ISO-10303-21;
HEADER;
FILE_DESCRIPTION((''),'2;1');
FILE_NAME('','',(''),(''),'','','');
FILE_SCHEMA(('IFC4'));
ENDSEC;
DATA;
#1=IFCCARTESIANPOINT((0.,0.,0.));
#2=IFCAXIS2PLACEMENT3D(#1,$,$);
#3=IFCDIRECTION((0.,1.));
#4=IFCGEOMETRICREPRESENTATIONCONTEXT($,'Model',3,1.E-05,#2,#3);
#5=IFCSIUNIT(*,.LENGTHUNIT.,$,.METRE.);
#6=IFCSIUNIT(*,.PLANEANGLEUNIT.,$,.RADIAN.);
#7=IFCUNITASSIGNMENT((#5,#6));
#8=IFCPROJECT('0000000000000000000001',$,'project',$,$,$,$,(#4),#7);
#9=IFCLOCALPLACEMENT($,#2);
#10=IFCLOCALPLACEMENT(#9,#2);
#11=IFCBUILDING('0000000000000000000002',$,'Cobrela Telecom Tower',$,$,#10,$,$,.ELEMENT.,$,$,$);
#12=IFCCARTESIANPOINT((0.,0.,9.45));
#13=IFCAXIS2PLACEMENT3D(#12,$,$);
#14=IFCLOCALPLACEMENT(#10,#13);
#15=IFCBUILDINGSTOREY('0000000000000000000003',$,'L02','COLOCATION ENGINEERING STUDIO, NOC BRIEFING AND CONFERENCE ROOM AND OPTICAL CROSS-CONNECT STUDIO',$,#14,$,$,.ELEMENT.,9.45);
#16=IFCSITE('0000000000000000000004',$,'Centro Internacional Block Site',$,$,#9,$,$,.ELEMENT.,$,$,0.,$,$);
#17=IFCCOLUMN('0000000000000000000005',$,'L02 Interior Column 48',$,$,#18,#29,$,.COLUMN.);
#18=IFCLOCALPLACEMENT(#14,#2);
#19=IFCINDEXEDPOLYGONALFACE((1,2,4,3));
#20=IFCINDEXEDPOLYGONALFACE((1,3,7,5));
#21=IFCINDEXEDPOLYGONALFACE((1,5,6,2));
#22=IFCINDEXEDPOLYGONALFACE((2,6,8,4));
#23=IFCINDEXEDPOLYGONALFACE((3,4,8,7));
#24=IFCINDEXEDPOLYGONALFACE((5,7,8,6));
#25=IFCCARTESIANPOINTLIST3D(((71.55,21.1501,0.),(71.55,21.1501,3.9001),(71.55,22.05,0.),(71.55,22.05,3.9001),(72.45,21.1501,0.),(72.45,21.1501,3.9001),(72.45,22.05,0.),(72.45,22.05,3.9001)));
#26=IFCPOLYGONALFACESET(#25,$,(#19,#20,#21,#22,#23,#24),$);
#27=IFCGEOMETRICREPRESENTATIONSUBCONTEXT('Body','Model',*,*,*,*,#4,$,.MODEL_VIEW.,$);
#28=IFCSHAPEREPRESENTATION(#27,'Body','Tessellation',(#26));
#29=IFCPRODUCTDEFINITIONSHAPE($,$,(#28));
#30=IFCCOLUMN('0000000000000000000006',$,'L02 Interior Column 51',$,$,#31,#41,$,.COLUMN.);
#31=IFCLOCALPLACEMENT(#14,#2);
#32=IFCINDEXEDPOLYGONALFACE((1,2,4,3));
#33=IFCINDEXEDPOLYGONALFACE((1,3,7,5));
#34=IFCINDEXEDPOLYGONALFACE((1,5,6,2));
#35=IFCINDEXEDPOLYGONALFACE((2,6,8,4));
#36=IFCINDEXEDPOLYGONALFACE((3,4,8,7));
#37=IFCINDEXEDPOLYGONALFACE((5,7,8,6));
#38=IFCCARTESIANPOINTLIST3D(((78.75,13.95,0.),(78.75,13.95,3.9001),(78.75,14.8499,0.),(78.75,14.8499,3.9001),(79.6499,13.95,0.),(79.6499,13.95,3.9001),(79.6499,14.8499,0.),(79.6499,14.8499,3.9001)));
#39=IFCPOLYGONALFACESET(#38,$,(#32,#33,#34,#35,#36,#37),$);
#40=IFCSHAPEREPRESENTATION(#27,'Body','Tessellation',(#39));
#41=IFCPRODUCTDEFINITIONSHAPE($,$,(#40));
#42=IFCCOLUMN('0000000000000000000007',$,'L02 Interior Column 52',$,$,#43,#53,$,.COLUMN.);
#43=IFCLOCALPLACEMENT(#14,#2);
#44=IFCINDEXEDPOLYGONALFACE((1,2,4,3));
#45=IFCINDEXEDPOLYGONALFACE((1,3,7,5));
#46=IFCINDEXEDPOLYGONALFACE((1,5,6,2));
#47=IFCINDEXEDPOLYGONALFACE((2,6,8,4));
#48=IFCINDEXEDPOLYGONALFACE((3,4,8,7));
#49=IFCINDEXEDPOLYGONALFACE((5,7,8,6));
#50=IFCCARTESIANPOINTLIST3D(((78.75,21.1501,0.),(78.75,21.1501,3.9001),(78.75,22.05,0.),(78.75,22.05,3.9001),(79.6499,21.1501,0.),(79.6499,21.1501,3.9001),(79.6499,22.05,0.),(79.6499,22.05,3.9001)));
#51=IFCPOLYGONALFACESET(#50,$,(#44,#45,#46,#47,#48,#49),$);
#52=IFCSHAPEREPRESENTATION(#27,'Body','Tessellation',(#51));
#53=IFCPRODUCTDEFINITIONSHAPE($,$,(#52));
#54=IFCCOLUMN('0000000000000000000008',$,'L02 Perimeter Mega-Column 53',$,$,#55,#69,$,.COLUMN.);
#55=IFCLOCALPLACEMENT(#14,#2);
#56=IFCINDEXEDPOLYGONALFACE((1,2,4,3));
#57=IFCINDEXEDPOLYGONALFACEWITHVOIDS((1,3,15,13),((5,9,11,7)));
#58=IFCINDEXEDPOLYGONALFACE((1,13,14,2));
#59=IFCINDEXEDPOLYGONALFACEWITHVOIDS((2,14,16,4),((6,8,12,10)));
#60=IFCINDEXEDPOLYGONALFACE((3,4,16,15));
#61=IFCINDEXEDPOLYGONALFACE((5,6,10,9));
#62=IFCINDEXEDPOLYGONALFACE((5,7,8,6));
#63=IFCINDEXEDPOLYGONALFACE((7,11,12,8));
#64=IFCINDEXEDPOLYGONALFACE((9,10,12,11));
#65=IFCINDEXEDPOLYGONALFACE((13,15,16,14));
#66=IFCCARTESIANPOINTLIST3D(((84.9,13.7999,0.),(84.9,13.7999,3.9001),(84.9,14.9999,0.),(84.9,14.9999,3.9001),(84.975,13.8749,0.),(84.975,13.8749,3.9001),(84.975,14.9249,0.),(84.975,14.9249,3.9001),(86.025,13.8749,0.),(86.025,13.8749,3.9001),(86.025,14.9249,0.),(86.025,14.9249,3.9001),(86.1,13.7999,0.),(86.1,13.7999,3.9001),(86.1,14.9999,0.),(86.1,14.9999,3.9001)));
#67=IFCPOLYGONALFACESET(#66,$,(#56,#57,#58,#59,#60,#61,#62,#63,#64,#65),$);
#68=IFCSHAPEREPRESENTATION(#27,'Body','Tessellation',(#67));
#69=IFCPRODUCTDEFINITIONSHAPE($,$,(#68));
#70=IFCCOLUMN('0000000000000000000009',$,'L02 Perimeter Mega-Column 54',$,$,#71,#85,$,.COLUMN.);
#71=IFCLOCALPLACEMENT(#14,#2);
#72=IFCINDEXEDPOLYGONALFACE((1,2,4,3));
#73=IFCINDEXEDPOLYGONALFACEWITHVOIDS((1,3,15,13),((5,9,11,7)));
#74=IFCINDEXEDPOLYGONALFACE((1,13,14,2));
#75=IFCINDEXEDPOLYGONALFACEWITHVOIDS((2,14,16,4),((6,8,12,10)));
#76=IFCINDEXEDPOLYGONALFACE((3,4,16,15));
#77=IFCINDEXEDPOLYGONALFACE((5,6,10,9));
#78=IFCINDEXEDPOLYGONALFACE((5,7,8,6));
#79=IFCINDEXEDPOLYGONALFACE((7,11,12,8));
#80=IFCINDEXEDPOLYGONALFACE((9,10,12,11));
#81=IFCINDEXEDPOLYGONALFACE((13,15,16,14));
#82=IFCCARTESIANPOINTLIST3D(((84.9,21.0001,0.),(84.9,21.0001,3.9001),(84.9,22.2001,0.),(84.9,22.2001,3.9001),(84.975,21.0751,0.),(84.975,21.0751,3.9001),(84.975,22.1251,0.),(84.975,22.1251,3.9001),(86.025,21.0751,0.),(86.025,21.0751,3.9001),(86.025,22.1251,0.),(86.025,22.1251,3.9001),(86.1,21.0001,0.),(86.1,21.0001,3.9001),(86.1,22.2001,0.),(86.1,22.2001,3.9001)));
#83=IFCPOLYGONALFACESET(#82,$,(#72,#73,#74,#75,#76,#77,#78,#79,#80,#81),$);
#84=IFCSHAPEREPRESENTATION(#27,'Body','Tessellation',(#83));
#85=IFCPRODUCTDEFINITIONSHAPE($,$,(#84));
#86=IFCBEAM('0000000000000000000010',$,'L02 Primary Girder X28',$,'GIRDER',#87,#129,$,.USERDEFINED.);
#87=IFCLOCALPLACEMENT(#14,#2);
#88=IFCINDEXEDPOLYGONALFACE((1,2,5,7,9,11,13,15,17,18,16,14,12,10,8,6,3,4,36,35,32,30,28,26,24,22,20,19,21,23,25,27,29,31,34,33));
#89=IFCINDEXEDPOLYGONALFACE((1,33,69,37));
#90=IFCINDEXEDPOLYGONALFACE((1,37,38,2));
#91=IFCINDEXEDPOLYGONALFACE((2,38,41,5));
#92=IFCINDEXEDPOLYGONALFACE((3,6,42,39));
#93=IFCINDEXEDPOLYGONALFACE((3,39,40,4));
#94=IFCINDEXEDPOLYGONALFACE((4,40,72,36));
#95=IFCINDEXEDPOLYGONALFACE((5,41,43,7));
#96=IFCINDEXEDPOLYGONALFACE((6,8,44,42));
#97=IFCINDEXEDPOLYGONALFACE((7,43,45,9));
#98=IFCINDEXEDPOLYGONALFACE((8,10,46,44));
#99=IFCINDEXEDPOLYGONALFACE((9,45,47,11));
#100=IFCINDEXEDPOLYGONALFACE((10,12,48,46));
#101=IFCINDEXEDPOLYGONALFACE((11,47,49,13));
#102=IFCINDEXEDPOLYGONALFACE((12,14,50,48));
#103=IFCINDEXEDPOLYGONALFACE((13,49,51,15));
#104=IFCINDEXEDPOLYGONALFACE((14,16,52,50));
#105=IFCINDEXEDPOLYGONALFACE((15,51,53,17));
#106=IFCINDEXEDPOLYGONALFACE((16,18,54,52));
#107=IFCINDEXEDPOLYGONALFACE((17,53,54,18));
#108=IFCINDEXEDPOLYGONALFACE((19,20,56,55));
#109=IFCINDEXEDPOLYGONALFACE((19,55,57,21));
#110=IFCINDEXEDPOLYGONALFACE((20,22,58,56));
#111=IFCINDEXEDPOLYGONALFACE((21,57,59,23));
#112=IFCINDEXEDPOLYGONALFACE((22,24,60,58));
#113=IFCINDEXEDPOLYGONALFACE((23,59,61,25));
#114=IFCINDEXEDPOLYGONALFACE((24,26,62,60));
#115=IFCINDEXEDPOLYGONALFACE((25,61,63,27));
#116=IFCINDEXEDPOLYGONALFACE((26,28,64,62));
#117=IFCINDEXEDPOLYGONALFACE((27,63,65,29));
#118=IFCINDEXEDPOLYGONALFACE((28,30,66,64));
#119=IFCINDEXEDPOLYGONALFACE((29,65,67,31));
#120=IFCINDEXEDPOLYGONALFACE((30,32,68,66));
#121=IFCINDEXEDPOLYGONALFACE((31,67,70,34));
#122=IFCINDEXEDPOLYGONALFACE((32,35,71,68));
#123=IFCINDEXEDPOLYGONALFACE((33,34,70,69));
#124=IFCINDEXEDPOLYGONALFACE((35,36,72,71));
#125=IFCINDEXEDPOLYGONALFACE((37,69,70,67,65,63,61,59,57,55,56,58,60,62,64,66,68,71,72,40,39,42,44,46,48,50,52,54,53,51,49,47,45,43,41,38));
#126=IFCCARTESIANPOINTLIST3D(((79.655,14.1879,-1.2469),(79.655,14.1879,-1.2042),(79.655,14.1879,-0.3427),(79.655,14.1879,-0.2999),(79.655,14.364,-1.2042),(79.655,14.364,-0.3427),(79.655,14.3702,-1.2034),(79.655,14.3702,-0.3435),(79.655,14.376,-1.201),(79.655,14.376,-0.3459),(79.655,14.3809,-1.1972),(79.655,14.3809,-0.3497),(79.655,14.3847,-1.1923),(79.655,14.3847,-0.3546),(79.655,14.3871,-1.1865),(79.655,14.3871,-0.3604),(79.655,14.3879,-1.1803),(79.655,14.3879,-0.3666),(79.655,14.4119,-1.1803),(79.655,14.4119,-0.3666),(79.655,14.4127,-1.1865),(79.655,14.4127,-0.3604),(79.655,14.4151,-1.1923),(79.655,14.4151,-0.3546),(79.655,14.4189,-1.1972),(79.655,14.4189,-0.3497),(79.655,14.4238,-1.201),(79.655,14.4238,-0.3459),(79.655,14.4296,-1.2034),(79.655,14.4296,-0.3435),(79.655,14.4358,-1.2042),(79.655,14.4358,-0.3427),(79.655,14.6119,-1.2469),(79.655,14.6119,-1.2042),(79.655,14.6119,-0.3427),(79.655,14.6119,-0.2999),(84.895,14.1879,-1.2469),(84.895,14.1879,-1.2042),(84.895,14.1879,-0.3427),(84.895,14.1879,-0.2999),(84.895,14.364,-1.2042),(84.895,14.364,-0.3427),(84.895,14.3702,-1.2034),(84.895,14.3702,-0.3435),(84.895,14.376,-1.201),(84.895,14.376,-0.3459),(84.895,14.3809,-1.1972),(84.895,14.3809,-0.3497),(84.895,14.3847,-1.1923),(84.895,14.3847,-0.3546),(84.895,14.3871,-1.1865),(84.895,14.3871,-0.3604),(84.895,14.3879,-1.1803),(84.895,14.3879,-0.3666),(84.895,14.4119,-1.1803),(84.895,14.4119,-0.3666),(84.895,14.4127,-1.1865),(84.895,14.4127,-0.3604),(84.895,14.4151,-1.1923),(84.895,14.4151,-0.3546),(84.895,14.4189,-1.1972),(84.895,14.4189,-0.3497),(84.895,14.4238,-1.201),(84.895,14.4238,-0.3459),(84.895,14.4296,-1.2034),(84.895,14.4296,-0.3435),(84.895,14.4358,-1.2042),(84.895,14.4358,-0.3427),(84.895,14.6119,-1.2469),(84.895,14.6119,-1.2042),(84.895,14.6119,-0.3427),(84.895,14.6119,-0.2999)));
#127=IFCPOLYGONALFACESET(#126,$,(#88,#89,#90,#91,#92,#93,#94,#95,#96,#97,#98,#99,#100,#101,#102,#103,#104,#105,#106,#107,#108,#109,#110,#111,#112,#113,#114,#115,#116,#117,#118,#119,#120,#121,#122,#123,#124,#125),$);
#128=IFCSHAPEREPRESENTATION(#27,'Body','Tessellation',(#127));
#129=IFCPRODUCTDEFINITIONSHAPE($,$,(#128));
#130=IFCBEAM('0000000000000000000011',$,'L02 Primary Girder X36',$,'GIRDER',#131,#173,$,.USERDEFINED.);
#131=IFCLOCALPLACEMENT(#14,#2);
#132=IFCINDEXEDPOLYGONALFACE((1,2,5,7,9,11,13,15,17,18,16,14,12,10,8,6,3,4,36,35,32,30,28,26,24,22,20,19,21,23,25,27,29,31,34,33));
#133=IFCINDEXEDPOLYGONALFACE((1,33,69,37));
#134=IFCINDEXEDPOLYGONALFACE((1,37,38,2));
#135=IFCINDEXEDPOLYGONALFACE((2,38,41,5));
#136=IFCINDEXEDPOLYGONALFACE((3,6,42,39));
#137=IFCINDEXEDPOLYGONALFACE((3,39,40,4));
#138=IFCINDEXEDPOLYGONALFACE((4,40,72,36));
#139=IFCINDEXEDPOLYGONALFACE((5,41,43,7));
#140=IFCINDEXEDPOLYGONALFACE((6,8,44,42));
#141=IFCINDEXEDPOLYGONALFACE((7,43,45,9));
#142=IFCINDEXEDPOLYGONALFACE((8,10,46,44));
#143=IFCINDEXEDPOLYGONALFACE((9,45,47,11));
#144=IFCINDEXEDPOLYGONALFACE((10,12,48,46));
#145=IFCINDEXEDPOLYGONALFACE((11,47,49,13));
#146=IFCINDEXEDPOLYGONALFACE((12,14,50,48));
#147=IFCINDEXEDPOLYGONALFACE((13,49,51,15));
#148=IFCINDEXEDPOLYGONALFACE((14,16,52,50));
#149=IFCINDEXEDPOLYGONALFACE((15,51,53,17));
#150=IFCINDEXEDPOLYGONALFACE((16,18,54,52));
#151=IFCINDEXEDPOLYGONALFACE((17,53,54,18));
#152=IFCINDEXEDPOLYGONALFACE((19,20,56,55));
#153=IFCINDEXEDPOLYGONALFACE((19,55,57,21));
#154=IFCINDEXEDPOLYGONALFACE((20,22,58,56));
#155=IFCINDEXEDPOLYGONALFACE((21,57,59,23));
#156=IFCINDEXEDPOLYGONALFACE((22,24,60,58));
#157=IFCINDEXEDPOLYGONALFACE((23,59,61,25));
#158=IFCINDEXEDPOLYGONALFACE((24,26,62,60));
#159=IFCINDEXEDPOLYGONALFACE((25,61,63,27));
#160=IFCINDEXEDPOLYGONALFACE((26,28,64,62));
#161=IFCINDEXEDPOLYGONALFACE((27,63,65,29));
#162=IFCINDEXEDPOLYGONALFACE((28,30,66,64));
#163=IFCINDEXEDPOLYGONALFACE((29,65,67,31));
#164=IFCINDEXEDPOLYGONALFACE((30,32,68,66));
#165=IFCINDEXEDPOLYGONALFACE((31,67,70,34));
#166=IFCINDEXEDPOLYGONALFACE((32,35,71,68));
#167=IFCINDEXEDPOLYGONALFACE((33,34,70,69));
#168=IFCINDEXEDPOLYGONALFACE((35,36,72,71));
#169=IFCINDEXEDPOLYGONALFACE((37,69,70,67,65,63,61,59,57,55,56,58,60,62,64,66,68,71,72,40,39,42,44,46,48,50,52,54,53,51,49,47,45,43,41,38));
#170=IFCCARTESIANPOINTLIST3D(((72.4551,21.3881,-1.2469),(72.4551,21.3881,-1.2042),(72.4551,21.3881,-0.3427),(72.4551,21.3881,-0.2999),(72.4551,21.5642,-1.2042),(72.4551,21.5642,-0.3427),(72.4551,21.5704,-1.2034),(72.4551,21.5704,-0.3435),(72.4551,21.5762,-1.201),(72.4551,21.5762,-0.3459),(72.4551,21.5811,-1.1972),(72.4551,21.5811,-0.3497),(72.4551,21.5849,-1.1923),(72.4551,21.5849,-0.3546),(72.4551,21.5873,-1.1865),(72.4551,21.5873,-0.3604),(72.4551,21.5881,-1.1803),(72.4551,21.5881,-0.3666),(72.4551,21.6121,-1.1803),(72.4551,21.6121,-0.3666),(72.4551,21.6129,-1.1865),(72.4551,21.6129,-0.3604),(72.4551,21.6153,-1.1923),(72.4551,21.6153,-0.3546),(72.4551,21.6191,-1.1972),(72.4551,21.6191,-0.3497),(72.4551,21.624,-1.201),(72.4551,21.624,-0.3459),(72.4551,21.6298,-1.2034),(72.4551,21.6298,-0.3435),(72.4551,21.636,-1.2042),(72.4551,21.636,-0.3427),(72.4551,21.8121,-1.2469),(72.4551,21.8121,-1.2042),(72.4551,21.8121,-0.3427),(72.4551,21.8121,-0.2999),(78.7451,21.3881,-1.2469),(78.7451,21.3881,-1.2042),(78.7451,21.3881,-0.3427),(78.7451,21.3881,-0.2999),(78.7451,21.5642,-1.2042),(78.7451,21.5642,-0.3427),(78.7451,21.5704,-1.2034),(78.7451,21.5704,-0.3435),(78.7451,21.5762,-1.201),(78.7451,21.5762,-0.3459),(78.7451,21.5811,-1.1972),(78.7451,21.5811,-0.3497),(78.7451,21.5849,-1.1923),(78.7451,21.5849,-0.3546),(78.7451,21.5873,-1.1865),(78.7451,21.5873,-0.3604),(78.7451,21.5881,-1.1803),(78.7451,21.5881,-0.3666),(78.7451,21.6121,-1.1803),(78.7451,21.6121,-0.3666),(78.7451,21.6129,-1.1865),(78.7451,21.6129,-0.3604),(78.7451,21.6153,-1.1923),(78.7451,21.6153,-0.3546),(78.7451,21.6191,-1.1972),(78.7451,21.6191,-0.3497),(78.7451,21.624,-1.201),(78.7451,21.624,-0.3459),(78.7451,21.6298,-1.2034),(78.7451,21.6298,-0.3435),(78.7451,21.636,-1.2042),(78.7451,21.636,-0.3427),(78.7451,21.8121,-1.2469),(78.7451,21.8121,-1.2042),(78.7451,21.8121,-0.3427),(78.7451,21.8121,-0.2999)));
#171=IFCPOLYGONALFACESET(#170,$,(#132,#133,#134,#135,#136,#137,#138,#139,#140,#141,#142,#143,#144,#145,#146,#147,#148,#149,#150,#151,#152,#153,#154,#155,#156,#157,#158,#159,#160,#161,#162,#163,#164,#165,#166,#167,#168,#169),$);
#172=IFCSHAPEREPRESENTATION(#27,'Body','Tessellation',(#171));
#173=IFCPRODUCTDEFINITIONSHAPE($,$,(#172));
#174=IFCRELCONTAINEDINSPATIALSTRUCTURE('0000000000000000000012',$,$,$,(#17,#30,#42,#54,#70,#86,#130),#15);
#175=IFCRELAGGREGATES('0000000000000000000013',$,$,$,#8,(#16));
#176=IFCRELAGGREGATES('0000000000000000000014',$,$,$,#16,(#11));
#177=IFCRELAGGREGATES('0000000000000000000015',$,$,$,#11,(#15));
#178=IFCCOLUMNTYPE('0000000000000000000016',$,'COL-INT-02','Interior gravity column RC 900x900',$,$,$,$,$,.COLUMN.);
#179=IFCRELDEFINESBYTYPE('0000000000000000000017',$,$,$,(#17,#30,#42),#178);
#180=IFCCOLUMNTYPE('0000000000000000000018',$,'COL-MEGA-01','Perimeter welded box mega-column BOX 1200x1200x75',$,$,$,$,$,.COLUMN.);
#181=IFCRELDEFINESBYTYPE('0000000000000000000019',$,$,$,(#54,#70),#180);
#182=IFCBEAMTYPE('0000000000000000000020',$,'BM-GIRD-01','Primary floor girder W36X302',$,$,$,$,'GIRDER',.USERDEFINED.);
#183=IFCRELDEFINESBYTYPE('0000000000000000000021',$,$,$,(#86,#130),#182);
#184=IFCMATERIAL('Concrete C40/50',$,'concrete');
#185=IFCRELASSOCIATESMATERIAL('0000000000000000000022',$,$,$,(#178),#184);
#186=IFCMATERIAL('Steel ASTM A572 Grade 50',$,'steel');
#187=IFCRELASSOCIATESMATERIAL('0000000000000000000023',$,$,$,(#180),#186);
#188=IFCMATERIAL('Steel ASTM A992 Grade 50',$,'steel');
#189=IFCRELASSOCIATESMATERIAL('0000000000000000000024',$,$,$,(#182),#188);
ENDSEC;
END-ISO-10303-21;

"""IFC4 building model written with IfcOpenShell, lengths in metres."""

from ifc_helpers import new_model, si_unit, direction, frame, origin, origin_2d, place, context, subcontext, project, spatial, rectangle, hollow_rectangle, i_section, extrude, material, material_profile, profile_set, type_object, element, save


model = new_model("IFC4")

# Units and contexts
model_context = context("Model", 3, precision=1e-05, world=origin(), true_north=direction((0.0, 1.0)))
body_context = subcontext(model_context, "Body", "Model", "MODEL_VIEW")
ifc_project = project(units=[si_unit("LENGTHUNIT", "METRE"), si_unit("PLANEANGLEUNIT", "RADIAN")], contexts=[model_context])

# Site, building, storey
site_placement = place(None, origin())
site = spatial("IfcSite", under=ifc_project, at=site_placement, Name="Centro Internacional Block Site", CompositionType="ELEMENT", RefElevation=0.0)
building_placement = place(site_placement, origin())
building = spatial("IfcBuilding", under=site, at=building_placement, Name="Cobrela Telecom Tower", CompositionType="ELEMENT")
storey_placement = place(building_placement, frame((0.0, 0.0, 9.45)))
storey = spatial("IfcBuildingStorey", under=building, at=storey_placement, Name="L02", Description="COLOCATION ENGINEERING STUDIO, NOC BRIEFING AND CONFERENCE ROOM AND OPTICAL CROSS-CONNECT STUDIO", CompositionType="ELEMENT", Elevation=9.45)

# Columns
ifc_material_1 = material(Name="Concrete C40/50", Category="concrete")
ifc_material_profile_1 = material_profile(ifc_material_1, rectangle(XDim=0.8999, YDim=0.8999, at=origin_2d()), Name="RC 900x900")
ifc_profile_set_1 = profile_set([ifc_material_profile_1], Name="Concrete C40/50")
column_type_1 = type_object("IfcColumnType", Name="COL-INT-02", Description="Interior gravity column RC 900x900", PredefinedType="COLUMN", material=ifc_profile_set_1)
for number, where, z_axis, x_axis, name in (
    (1, (72.0, 21.6001, 0.0), (0.0, 0.0, 1.0), (1.0, 0.0, 0.0), "L02 Interior Column 48"),
    (2, (79.2, 14.3999, 0.0), (0.0, 0.0, 1.0), (1.0, 0.0, 0.0), "L02 Interior Column 51"),
    (3, (79.2, 21.6001, 0.0), (0.0, 0.0, 1.0), (1.0, 0.0, 0.0), "L02 Interior Column 52"),
):
    element("IfcColumn", number, at=place(storey_placement, frame(where, z_axis=z_axis, x_axis=x_axis)), inside=storey, type_object=column_type_1, Name=name, PredefinedType="COLUMN", context=body_context, shape_type="SweptSolid", body=[
        extrude(rectangle(XDim=0.8999, YDim=0.8999, at=origin_2d()), origin(), (0.0, 0.0, 1.0), 3.9001),
    ])
ifc_material_2 = material(Name="Steel ASTM A572 Grade 50", Category="steel")
ifc_material_profile_2 = material_profile(ifc_material_2, hollow_rectangle(XDim=1.2, YDim=1.2, WallThickness=0.075, at=origin_2d()), Name="BOX 1200x1200x75")
ifc_profile_set_2 = profile_set([ifc_material_profile_2], Name="Steel ASTM A572 Grade 50")
column_type_2 = type_object("IfcColumnType", Name="COL-MEGA-01", Description="Perimeter welded box mega-column BOX 1200x1200x75", PredefinedType="COLUMN", material=ifc_profile_set_2)
for number, where, z_axis, x_axis, name in (
    (4, (85.5, 14.3999, 0.0), (0.0, 0.0, 1.0), (1.0, 0.0, 0.0), "L02 Perimeter Mega-Column 53"),
    (5, (85.5, 21.6001, 0.0), (0.0, 0.0, 1.0), (1.0, 0.0, 0.0), "L02 Perimeter Mega-Column 54"),
):
    element("IfcColumn", number, at=place(storey_placement, frame(where, z_axis=z_axis, x_axis=x_axis)), inside=storey, type_object=column_type_2, Name=name, PredefinedType="COLUMN", context=body_context, shape_type="SweptSolid", body=[
        extrude(hollow_rectangle(XDim=1.2, YDim=1.2, WallThickness=0.075, at=origin_2d()), origin(), (0.0, 0.0, 1.0), 3.9001),
    ])

# Beams
ifc_material_3 = material(Name="Steel ASTM A992 Grade 50", Category="steel")
ifc_material_profile_3 = material_profile(ifc_material_3, i_section(OverallWidth=0.4241, OverallDepth=0.947, WebThickness=0.0239, FlangeThickness=0.0427, FilletRadius=0.0239, at=origin_2d()), Name="W36X302")
ifc_profile_set_3 = profile_set([ifc_material_profile_3], Name="Steel ASTM A992 Grade 50")
beam_type_1 = type_object("IfcBeamType", Name="BM-GIRD-01", Description="Primary floor girder W36X302", ElementType="GIRDER", PredefinedType="USERDEFINED", material=ifc_profile_set_3)
beam_1_placement = place(storey_placement, frame((79.655, 14.3999, -0.7734), z_axis=(1.0, 0.0, 0.0), x_axis=(0.0, 1.0, 0.0)))
element("IfcBeam", 6, at=beam_1_placement, inside=storey, type_object=beam_type_1, Name="L02 Primary Girder X28", ObjectType="GIRDER", PredefinedType="USERDEFINED", context=body_context, shape_type="SweptSolid", body=[
    extrude(i_section(OverallWidth=0.4241, OverallDepth=0.947, WebThickness=0.0239, FlangeThickness=0.0427, FilletRadius=0.0239, at=origin_2d()), origin(), (0.0, 0.0, 1.0), 5.24),
])
beam_2_placement = place(storey_placement, frame((72.4551, 21.6001, -0.7734), z_axis=(1.0, 0.0, 0.0), x_axis=(0.0, 1.0, 0.0)))
element("IfcBeam", 7, at=beam_2_placement, inside=storey, type_object=beam_type_1, Name="L02 Primary Girder X36", ObjectType="GIRDER", PredefinedType="USERDEFINED", context=body_context, shape_type="SweptSolid", body=[
    extrude(i_section(OverallWidth=0.4241, OverallDepth=0.947, WebThickness=0.0239, FlangeThickness=0.0427, FilletRadius=0.0239, at=origin_2d()), origin(), (0.0, 0.0, 1.0), 6.29),
])

save(model, "model.ifc")
